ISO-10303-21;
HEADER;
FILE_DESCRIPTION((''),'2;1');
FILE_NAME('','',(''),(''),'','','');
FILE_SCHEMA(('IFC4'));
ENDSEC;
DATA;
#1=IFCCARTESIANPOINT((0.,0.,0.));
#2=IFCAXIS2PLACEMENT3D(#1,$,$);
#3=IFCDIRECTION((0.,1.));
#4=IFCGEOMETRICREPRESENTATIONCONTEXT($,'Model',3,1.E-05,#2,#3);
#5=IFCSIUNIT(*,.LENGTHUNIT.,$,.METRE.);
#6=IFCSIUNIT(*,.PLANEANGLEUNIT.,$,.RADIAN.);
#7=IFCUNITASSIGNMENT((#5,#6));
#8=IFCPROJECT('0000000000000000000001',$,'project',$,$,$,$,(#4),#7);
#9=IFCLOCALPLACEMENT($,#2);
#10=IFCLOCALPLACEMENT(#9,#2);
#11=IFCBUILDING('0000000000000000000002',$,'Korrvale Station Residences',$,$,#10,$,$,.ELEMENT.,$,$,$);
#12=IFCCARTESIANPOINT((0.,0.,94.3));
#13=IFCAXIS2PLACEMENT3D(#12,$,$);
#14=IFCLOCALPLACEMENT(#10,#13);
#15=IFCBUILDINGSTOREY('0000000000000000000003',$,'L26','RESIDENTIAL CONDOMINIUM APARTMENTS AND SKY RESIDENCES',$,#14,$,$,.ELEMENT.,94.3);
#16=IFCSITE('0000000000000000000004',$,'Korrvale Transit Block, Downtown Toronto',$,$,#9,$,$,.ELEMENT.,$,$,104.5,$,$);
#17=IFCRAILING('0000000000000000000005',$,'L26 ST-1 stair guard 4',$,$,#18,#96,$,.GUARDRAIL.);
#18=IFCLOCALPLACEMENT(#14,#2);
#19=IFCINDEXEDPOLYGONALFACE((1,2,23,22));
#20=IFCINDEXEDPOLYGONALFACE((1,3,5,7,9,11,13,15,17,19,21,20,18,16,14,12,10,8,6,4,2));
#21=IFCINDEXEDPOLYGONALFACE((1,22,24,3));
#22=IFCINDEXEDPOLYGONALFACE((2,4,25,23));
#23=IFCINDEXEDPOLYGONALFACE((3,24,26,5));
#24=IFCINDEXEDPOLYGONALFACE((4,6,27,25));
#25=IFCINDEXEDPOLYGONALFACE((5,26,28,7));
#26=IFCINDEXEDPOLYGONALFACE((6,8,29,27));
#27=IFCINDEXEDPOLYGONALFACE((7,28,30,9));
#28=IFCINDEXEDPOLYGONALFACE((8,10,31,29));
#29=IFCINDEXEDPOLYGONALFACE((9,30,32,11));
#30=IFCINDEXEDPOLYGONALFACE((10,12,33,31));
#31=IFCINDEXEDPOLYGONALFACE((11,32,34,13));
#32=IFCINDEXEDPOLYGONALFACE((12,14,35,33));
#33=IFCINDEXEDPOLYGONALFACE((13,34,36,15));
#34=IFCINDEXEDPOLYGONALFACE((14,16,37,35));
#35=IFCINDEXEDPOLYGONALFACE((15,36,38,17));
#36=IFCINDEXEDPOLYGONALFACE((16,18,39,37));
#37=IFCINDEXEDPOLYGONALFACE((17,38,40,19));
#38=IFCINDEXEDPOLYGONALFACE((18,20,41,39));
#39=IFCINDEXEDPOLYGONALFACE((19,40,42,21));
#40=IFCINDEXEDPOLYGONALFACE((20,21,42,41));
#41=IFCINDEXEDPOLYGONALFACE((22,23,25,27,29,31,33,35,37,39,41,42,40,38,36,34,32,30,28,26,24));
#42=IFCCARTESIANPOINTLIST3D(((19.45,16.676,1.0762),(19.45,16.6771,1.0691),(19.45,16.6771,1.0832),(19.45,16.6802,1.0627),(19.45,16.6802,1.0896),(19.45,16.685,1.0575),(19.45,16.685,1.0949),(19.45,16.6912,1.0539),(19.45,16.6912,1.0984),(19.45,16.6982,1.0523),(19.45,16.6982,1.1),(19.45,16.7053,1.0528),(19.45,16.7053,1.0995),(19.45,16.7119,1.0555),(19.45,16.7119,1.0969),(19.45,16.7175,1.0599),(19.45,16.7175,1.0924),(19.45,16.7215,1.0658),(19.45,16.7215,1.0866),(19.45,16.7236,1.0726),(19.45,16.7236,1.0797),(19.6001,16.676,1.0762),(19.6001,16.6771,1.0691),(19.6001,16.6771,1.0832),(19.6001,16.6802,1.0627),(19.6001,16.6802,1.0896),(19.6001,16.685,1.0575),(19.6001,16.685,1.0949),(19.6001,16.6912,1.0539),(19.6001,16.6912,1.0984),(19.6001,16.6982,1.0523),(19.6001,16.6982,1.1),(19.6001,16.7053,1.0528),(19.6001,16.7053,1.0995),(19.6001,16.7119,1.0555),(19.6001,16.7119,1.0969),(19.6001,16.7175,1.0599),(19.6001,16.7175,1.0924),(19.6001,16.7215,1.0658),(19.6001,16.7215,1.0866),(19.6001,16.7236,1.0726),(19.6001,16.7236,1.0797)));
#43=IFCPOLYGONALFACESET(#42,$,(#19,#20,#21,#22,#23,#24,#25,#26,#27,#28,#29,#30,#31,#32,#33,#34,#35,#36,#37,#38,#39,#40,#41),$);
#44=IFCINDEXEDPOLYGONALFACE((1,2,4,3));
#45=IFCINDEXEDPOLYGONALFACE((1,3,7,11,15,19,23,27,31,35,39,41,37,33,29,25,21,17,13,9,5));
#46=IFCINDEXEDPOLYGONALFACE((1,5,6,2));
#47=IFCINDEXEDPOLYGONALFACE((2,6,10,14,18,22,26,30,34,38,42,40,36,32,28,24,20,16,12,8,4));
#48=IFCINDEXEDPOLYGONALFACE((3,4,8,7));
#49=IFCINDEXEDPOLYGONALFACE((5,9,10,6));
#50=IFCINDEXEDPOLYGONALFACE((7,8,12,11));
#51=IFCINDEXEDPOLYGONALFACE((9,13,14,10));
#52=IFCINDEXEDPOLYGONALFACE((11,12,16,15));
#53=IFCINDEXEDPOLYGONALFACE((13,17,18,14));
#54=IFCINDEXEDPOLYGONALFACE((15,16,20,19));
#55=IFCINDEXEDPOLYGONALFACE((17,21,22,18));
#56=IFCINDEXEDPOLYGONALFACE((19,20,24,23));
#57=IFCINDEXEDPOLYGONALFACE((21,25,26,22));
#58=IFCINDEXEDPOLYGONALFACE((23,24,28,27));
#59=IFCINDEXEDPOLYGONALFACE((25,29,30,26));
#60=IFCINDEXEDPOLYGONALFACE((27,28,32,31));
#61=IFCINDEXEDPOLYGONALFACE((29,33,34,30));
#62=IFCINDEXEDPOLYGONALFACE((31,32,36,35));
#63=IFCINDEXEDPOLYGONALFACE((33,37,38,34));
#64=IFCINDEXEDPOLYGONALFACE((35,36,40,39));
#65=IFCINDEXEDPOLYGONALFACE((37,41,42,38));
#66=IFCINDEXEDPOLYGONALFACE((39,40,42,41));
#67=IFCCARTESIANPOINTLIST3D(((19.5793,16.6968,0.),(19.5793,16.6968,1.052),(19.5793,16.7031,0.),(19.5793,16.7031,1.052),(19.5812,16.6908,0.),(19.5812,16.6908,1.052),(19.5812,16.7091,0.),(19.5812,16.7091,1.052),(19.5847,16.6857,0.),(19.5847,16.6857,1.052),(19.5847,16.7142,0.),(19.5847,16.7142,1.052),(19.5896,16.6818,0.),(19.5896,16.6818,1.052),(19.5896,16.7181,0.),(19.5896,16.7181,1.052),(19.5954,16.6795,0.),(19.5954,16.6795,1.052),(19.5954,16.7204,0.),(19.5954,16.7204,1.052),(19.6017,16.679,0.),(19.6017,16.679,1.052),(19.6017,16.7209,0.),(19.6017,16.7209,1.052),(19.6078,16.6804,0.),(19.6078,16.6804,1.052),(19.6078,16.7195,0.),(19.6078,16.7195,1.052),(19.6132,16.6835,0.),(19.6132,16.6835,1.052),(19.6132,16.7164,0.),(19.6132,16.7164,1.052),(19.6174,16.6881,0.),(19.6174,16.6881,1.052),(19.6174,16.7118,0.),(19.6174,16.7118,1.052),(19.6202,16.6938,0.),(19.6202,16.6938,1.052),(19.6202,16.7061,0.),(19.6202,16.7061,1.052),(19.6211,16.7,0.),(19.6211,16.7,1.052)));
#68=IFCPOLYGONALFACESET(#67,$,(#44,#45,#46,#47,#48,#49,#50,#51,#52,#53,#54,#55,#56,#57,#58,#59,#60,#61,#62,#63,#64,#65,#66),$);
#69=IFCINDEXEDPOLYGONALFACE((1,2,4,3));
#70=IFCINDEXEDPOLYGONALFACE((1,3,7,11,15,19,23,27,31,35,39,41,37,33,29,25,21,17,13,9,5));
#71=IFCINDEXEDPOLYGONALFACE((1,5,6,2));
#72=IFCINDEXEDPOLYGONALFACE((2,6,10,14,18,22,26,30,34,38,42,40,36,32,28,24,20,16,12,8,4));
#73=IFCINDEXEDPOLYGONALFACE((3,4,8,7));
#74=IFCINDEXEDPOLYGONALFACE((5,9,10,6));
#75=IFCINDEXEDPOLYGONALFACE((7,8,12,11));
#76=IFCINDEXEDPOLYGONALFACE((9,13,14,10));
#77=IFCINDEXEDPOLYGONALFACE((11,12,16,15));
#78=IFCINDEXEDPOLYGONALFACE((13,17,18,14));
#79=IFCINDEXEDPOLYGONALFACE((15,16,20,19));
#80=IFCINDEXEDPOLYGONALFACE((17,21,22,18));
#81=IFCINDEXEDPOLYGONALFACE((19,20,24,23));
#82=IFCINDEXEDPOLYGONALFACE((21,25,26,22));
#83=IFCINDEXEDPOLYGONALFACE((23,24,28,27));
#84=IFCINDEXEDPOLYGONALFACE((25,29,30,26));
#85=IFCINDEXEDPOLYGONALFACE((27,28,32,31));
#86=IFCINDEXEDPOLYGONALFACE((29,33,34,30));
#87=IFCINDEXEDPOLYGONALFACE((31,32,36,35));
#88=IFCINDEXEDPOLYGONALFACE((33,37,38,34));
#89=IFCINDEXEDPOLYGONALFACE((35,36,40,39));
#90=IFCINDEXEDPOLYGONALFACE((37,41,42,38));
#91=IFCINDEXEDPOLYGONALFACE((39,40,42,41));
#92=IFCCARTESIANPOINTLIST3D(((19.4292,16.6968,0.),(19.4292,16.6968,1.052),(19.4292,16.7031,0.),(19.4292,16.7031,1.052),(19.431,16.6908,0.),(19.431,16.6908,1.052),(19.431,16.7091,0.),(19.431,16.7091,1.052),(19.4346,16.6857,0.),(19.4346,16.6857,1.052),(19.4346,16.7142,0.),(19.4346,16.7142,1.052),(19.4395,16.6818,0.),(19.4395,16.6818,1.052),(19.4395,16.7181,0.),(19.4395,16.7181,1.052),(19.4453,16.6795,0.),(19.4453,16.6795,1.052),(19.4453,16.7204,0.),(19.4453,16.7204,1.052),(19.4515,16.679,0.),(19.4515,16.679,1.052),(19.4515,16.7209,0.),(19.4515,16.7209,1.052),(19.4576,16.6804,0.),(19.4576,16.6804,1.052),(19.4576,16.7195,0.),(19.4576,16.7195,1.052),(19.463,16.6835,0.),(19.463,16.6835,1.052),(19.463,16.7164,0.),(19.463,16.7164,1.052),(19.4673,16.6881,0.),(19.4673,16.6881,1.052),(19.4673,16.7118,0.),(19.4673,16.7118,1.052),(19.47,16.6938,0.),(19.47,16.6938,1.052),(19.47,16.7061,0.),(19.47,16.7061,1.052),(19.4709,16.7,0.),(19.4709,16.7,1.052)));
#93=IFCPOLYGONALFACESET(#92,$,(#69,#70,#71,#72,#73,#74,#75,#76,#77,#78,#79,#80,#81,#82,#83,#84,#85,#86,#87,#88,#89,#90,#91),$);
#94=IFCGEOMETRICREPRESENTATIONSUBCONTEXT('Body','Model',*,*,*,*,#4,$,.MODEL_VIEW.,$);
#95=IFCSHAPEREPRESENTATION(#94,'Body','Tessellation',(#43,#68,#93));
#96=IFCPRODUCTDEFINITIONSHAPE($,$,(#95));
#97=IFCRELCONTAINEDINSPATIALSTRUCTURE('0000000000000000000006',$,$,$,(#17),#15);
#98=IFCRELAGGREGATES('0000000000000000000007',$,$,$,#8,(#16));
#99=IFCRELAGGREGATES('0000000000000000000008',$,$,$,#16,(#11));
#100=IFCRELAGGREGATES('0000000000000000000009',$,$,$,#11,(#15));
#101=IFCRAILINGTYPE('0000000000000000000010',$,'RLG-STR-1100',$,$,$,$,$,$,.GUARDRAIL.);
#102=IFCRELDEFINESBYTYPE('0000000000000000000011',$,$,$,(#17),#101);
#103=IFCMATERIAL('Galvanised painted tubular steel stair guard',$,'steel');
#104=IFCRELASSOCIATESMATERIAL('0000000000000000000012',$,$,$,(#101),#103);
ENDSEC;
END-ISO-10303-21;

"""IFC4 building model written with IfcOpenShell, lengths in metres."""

from ifc_helpers import new_model, si_unit, direction, frame, origin, origin_2d, place, context, subcontext, project, spatial, circle, extrude, material, type_object, element, save


model = new_model("IFC4")

# Units and contexts
model_context = context("Model", 3, precision=1e-05, world=origin(), true_north=direction((0.0, 1.0)))
body_context = subcontext(model_context, "Body", "Model", "MODEL_VIEW")
ifc_project = project(units=[si_unit("LENGTHUNIT", "METRE"), si_unit("PLANEANGLEUNIT", "RADIAN")], contexts=[model_context])

# Site, building, storey
site_placement = place(None, origin())
site = spatial("IfcSite", under=ifc_project, at=site_placement, Name="Korrvale Transit Block, Downtown Toronto", CompositionType="ELEMENT", RefElevation=104.5)
building_placement = place(site_placement, origin())
building = spatial("IfcBuilding", under=site, at=building_placement, Name="Korrvale Station Residences", CompositionType="ELEMENT")
storey_placement = place(building_placement, frame((0.0, 0.0, 94.3)))
storey = spatial("IfcBuildingStorey", under=building, at=storey_placement, Name="L26", Description="RESIDENTIAL CONDOMINIUM APARTMENTS AND SKY RESIDENCES", CompositionType="ELEMENT", Elevation=94.3)

# Railing
ifc_material_1 = material(Name="Galvanised painted tubular steel stair guard", Category="steel")
railing_type_1 = type_object("IfcRailingType", Name="RLG-STR-1100", PredefinedType="GUARDRAIL", material=ifc_material_1)
railing_1_placement = place(storey_placement, frame((19.6001, 16.7, 0.0)))
element("IfcRailing", 1, at=railing_1_placement, inside=storey, type_object=railing_type_1, Name="L26 ST-1 stair guard 4", PredefinedType="GUARDRAIL", context=body_context, shape_type="SweptSolid", body=[
    extrude(circle(Radius=0.0239, at=origin_2d()), frame((0.0, 0.0, 1.0762), z_axis=(-1.0, 0.0, 0.0), x_axis=(0.0, -1.0, 0.0)), (0.0, 0.0, 1.0), 0.1501),
    extrude(circle(Radius=0.021, at=origin_2d()), origin(), (0.0, 0.0, 1.0), 1.052),
    extrude(circle(Radius=0.021, at=origin_2d()), frame((-0.1501, 0.0, 0.0)), (0.0, 0.0, 1.0), 1.052),
])

save(model, "model.ifc")
